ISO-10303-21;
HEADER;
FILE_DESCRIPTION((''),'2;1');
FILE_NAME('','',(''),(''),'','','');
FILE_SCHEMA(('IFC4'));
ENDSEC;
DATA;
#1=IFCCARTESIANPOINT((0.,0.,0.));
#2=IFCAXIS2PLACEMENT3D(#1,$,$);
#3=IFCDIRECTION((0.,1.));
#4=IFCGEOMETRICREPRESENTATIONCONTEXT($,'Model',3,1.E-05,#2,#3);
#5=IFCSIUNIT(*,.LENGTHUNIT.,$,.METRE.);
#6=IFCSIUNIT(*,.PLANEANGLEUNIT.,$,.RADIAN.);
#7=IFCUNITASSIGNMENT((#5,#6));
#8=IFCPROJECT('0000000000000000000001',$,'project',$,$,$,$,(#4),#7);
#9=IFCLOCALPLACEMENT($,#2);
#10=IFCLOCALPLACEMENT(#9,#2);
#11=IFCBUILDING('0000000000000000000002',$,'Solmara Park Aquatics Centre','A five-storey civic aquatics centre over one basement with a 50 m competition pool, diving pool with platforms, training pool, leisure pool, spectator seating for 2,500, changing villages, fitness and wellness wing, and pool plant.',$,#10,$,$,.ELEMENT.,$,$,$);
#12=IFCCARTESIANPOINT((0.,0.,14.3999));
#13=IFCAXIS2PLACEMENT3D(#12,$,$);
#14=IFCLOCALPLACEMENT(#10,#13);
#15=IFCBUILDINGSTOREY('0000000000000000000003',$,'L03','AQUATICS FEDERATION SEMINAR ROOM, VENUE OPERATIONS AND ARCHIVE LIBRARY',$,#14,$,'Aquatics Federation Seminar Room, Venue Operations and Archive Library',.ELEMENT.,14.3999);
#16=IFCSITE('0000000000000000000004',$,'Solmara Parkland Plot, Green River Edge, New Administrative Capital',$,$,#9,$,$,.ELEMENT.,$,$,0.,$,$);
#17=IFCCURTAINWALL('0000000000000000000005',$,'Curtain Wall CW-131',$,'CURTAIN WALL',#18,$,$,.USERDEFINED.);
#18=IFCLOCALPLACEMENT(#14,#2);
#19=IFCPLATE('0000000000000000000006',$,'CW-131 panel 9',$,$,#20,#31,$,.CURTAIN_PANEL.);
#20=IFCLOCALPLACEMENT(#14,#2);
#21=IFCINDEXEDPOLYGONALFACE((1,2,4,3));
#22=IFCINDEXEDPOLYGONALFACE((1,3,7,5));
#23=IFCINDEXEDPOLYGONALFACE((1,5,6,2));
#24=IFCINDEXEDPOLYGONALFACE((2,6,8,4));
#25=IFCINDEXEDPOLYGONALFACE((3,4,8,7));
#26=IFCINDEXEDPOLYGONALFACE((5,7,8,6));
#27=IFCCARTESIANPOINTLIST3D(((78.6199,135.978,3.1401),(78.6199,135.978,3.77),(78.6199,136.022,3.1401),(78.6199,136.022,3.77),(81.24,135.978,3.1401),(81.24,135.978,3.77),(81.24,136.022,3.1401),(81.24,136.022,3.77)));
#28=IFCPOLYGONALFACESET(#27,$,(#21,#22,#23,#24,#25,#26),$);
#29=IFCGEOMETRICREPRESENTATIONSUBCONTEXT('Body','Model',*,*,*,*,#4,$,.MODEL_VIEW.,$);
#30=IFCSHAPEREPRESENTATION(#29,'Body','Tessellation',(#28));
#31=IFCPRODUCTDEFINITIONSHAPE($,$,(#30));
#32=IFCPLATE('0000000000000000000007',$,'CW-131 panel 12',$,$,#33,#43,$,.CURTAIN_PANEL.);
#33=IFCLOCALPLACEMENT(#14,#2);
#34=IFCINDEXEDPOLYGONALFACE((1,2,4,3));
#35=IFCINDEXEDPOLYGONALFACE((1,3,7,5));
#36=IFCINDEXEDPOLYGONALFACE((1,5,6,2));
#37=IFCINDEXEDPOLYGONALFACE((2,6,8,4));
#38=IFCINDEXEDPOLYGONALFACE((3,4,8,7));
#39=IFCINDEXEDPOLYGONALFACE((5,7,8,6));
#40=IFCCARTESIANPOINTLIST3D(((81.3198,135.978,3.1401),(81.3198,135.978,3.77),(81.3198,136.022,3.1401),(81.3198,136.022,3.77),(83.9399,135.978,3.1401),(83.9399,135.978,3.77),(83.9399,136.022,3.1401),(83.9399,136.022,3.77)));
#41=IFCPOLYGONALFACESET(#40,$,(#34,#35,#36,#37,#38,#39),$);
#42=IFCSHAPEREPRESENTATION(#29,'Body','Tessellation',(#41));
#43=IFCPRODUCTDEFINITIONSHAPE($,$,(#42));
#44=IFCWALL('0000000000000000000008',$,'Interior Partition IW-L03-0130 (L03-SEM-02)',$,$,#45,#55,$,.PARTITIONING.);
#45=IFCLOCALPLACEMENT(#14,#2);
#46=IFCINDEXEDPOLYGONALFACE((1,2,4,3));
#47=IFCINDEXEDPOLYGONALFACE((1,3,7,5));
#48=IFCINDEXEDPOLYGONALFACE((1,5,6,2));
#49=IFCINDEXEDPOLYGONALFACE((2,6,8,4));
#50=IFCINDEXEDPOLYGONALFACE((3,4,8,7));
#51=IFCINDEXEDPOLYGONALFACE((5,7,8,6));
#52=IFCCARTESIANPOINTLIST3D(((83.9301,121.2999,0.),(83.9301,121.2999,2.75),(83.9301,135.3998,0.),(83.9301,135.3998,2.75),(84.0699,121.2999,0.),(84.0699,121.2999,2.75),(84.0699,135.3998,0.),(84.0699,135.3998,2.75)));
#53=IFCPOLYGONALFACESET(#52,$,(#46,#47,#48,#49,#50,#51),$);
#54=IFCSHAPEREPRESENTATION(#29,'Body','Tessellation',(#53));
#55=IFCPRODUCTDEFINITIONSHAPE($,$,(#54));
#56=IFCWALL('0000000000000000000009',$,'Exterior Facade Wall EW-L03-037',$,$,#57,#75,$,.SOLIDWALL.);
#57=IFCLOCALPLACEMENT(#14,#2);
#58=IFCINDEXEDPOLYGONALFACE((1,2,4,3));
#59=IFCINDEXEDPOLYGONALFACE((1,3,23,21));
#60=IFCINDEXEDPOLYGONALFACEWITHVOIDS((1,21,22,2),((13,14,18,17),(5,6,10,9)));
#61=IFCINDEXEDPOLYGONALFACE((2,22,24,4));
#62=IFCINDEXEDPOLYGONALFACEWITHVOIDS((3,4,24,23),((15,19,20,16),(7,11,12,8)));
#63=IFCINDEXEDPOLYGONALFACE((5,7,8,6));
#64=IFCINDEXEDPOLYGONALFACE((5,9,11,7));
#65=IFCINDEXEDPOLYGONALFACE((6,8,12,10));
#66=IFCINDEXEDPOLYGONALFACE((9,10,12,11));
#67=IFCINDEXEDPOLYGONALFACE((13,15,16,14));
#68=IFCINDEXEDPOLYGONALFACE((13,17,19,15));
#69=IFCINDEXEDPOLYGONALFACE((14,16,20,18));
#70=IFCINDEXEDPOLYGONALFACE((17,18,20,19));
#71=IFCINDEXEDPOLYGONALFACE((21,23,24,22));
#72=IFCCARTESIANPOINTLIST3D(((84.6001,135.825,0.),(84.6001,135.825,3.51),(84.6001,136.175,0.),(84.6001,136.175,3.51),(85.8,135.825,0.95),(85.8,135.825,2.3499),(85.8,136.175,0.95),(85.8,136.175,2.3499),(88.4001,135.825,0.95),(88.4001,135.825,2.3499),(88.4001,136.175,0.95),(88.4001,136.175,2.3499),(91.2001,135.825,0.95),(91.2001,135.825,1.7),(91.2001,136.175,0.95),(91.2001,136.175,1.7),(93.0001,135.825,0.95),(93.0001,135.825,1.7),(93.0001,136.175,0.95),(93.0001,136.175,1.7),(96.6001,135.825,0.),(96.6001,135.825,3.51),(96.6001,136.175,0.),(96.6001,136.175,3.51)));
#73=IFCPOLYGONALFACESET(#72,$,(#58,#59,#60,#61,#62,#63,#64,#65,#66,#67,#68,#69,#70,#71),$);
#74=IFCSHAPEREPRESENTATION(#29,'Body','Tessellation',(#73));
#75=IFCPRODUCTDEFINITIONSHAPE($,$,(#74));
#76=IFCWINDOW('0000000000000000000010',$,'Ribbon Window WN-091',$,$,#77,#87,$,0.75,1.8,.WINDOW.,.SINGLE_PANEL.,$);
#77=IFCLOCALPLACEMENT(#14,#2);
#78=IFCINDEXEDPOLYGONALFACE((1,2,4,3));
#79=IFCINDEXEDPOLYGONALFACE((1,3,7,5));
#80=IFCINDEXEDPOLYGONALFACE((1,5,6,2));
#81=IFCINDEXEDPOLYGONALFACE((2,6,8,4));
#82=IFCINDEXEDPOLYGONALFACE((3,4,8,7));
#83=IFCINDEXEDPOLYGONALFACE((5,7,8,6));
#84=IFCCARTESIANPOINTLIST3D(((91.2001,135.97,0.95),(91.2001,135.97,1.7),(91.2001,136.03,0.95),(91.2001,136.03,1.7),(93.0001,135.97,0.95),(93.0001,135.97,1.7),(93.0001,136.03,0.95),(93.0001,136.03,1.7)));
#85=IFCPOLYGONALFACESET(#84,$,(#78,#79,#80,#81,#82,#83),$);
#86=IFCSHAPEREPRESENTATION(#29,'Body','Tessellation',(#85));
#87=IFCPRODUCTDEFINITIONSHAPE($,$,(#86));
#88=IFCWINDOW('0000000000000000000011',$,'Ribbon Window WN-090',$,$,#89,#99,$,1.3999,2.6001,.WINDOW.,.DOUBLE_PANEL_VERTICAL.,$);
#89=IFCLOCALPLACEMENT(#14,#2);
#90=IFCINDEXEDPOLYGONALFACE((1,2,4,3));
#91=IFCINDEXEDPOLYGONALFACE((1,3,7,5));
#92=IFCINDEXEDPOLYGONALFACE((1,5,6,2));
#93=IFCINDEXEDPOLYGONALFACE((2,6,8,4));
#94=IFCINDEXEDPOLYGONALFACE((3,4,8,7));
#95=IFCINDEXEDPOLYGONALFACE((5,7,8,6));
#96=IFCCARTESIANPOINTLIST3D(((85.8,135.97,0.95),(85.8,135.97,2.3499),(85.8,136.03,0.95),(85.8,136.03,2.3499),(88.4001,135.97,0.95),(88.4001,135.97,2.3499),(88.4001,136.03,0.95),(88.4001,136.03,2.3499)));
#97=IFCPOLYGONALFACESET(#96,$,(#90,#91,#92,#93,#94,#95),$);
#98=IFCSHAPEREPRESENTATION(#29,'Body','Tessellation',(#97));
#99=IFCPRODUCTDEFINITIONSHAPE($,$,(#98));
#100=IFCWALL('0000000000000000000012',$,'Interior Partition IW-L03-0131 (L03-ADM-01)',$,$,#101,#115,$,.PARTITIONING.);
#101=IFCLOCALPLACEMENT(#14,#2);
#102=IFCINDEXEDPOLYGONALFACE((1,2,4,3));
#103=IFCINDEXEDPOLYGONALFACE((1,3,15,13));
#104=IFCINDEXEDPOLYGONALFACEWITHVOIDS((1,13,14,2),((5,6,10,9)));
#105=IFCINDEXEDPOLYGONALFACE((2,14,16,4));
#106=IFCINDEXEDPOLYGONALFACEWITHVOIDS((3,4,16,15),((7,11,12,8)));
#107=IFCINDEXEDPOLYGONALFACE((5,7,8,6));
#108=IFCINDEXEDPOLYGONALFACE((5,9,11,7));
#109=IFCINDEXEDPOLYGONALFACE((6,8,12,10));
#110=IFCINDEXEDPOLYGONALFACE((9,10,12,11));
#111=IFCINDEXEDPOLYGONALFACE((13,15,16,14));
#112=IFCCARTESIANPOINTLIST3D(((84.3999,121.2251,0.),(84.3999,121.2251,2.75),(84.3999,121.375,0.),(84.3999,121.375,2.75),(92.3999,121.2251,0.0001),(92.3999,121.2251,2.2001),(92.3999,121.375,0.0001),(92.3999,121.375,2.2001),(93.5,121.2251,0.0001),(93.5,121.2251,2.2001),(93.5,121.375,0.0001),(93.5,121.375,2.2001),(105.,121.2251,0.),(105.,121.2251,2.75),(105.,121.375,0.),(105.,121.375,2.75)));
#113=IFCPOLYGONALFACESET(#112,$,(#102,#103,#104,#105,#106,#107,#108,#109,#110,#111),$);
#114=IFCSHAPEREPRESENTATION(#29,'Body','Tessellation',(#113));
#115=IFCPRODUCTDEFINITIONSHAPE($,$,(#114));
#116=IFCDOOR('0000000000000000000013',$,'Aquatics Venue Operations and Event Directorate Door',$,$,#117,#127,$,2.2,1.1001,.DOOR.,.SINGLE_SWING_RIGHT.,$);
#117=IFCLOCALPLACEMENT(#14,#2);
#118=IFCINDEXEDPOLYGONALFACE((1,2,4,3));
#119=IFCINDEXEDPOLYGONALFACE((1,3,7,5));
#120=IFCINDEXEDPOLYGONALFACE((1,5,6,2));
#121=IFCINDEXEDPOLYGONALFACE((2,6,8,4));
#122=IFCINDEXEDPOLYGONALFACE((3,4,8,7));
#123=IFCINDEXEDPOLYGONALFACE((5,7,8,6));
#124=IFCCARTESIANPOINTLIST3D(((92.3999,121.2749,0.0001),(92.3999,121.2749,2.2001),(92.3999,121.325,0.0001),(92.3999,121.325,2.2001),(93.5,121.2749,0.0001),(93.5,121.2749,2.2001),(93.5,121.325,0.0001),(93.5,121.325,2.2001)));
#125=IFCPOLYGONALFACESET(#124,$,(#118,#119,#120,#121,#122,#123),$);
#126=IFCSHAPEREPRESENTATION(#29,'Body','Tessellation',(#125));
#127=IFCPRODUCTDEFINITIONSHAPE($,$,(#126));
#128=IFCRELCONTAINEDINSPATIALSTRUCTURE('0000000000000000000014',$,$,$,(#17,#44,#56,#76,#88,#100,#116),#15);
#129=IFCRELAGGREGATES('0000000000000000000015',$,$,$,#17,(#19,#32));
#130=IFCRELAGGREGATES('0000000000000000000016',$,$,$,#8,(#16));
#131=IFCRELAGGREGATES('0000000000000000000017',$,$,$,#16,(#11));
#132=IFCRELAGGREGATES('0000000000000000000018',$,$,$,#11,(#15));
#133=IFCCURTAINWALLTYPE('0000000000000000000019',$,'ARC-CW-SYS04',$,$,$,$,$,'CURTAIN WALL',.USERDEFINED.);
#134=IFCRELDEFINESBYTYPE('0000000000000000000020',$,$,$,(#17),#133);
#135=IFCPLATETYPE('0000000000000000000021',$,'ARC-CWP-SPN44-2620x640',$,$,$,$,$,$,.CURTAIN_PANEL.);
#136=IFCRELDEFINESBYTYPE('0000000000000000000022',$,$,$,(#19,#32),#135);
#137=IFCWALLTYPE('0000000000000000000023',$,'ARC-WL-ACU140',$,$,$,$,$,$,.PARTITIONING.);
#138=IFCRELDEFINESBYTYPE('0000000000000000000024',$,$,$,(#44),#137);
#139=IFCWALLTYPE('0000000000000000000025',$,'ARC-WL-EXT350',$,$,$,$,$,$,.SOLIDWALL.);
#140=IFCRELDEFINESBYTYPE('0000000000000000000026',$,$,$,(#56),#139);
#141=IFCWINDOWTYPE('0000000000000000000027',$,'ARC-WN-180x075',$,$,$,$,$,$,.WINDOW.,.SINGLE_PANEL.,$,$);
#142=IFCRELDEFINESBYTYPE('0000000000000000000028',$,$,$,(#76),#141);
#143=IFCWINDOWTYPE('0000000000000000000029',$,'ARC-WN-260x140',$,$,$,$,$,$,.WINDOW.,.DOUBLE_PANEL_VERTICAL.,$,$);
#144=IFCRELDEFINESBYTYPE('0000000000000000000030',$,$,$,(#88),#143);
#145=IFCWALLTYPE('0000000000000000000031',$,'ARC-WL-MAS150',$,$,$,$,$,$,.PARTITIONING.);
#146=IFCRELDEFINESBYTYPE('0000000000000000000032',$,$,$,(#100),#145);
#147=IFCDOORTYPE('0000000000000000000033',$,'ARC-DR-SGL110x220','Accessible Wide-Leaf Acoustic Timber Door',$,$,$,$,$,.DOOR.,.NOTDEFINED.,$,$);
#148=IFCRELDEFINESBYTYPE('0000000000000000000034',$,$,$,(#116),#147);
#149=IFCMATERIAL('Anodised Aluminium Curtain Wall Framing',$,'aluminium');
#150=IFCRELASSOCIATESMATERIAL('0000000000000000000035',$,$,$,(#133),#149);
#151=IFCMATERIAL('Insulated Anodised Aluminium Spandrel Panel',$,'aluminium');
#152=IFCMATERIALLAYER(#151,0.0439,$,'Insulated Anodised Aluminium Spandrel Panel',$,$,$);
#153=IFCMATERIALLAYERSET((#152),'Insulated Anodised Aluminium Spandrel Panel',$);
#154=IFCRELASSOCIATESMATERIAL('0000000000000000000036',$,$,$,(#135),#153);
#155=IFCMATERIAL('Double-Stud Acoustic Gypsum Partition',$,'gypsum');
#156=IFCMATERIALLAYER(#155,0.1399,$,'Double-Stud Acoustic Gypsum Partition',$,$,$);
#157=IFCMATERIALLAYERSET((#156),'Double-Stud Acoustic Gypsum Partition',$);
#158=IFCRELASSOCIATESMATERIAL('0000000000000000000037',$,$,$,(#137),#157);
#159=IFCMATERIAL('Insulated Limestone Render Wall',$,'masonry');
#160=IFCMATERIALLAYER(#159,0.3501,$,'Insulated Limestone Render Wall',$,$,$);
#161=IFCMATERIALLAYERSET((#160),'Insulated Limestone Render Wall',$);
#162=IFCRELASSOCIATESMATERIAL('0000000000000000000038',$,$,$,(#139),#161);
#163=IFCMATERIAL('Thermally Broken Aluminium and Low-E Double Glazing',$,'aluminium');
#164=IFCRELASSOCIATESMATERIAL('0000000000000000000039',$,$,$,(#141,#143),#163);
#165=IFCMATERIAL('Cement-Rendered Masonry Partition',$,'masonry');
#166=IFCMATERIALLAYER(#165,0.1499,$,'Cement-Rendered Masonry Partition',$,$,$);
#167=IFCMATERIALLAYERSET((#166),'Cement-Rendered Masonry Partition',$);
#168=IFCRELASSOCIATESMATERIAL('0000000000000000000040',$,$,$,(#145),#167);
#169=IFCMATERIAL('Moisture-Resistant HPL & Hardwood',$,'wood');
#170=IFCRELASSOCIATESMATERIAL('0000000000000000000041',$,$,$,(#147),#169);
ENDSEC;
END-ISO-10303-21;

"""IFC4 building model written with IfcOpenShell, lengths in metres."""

from ifc_helpers import new_model, si_unit, direction, frame, frame_2d, origin, origin_2d, place, context, subcontext, project, spatial, rectangle, extrude, material, layer, layer_set, type_object, element, fill, aggregate, save


model = new_model("IFC4")

# Units and contexts
model_context = context("Model", 3, precision=1e-05, world=origin(), true_north=direction((0.0, 1.0)))
body_context = subcontext(model_context, "Body", "Model", "MODEL_VIEW")
ifc_project = project(units=[si_unit("LENGTHUNIT", "METRE"), si_unit("PLANEANGLEUNIT", "RADIAN")], contexts=[model_context])

# Site, building, storey
site_placement = place(None, origin())
site = spatial("IfcSite", under=ifc_project, at=site_placement, Name="Solmara Parkland Plot, Green River Edge, New Administrative Capital", CompositionType="ELEMENT", RefElevation=0.0)
building_placement = place(site_placement, origin())
building = spatial("IfcBuilding", under=site, at=building_placement, Name="Solmara Park Aquatics Centre", Description="A five-storey civic aquatics centre over one basement with a 50 m competition pool, diving pool with platforms, training pool, leisure pool, spectator seating for 2,500, changing villages, fitness and wellness wing, and pool plant.", CompositionType="ELEMENT")
storey_placement = place(building_placement, frame((0.0, 0.0, 14.3999)))
storey = spatial("IfcBuildingStorey", under=building, at=storey_placement, Name="L03", Description="AQUATICS FEDERATION SEMINAR ROOM, VENUE OPERATIONS AND ARCHIVE LIBRARY", LongName="Aquatics Federation Seminar Room, Venue Operations and Archive Library", CompositionType="ELEMENT", Elevation=14.3999)

# Curtain wall
ifc_material_1 = material(Name="Anodised Aluminium Curtain Wall Framing", Category="aluminium")
curtain_wall_type = type_object("IfcCurtainWallType", Name="ARC-CW-SYS04", ElementType="CURTAIN WALL", PredefinedType="USERDEFINED", material=ifc_material_1)
curtain_wall_placement = place(storey_placement, origin())
curtain_wall = element("IfcCurtainWall", 1, at=curtain_wall_placement, inside=storey, type_object=curtain_wall_type, Name="Curtain Wall CW-131", ObjectType="CURTAIN WALL", PredefinedType="USERDEFINED")

# Plates
ifc_material_2 = material(Name="Insulated Anodised Aluminium Spandrel Panel", Category="aluminium")
ifc_layer_1 = layer(ifc_material_2, 0.0439, Name="Insulated Anodised Aluminium Spandrel Panel")
ifc_layer_set_1 = layer_set([ifc_layer_1], Name="Insulated Anodised Aluminium Spandrel Panel")
plate_type_1 = type_object("IfcPlateType", Name="ARC-CWP-SPN44-2620x640", PredefinedType="CURTAIN_PANEL", material=ifc_layer_set_1)
plate_1_placement = place(storey_placement, frame((79.9299, 136.0, 3.1401), z_axis=(0.0, 0.0, 1.0), x_axis=(1.0, 0.0, 0.0)))
plate_1 = element("IfcPlate", 2, at=plate_1_placement, type_object=plate_type_1, Name="CW-131 panel 9", PredefinedType="CURTAIN_PANEL", context=body_context, shape_type="SweptSolid", body=[
    extrude(rectangle(XDim=2.6201, YDim=0.0439, at=origin_2d()), origin(), (0.0, 0.0, 1.0), 0.6299),
])
plate_2_placement = place(storey_placement, frame((82.6299, 136.0, 3.1401), z_axis=(0.0, 0.0, 1.0), x_axis=(1.0, 0.0, 0.0)))
plate_2 = element("IfcPlate", 3, at=plate_2_placement, type_object=plate_type_1, Name="CW-131 panel 12", PredefinedType="CURTAIN_PANEL", context=body_context, shape_type="SweptSolid", body=[
    extrude(rectangle(XDim=2.6201, YDim=0.0439, at=origin_2d()), origin(), (0.0, 0.0, 1.0), 0.6299),
])
aggregate(curtain_wall, [plate_1, plate_2])

# Wall
ifc_material_3 = material(Name="Double-Stud Acoustic Gypsum Partition", Category="gypsum")
ifc_layer_2 = layer(ifc_material_3, 0.1399, Name="Double-Stud Acoustic Gypsum Partition")
ifc_layer_set_2 = layer_set([ifc_layer_2], Name="Double-Stud Acoustic Gypsum Partition")
wall_type_1 = type_object("IfcWallType", Name="ARC-WL-ACU140", PredefinedType="PARTITIONING", material=ifc_layer_set_2)
wall_1_placement = place(storey_placement, frame((84.0, 121.3, 0.0), z_axis=(0.0, 0.0, 1.0), x_axis=(0.0, 1.0, 0.0)))
element("IfcWall", 4, at=wall_1_placement, inside=storey, type_object=wall_type_1, Name="Interior Partition IW-L03-0130 (L03-SEM-02)", PredefinedType="PARTITIONING", context=body_context, shape_type="SweptSolid", body=[
    extrude(rectangle(XDim=14.0999, YDim=0.1399, at=frame_2d((7.0498, 0.0))), origin(), (0.0, 0.0, 1.0), 2.75),
])

# Wall, openings, windows
ifc_material_4 = material(Name="Insulated Limestone Render Wall", Category="masonry")
ifc_layer_3 = layer(ifc_material_4, 0.3501, Name="Insulated Limestone Render Wall")
ifc_layer_set_3 = layer_set([ifc_layer_3], Name="Insulated Limestone Render Wall")
wall_type_2 = type_object("IfcWallType", Name="ARC-WL-EXT350", PredefinedType="SOLIDWALL", material=ifc_layer_set_3)
wall_2_placement = place(storey_placement, frame((84.6001, 136.0, 0.0), z_axis=(0.0, 0.0, 1.0), x_axis=(1.0, 0.0, 0.0)))
wall_2 = element("IfcWall", 5, at=wall_2_placement, inside=storey, type_object=wall_type_2, Name="Exterior Facade Wall EW-L03-037", PredefinedType="SOLIDWALL", context=body_context, shape_type="SweptSolid", body=[
    extrude(rectangle(XDim=12.0, YDim=0.3501, at=frame_2d((6.0, 0.0))), origin(), (0.0, 0.0, 1.0), 3.51),
])
opening_1_placement = place(wall_2_placement, frame((1.2, 0.0, 0.95)))
opening_1 = element("IfcOpeningElement", 6, at=opening_1_placement, cuts=wall_2, PredefinedType="OPENING", context=body_context, shape_type="SweptSolid", body=[
    extrude(rectangle(XDim=2.6001, YDim=1.3999, at=frame_2d((1.3, 0.7))), frame((0.0, 0.1851, 0.0), z_axis=(0.0, -1.0, 0.0), x_axis=(1.0, 0.0, 0.0)), (0.0, 0.0, 1.0), 0.3701),
])
opening_2_placement = place(wall_2_placement, frame((6.6001, 0.0, 0.95)))
opening_2 = element("IfcOpeningElement", 7, at=opening_2_placement, cuts=wall_2, PredefinedType="OPENING", context=body_context, shape_type="SweptSolid", body=[
    extrude(rectangle(XDim=1.8, YDim=0.75, at=frame_2d((0.8999, 0.375))), frame((0.0, 0.1851, 0.0), z_axis=(0.0, -1.0, 0.0), x_axis=(1.0, 0.0, 0.0)), (0.0, 0.0, 1.0), 0.3701),
])
ifc_material_5 = material(Name="Thermally Broken Aluminium and Low-E Double Glazing", Category="aluminium")
window_type_1 = type_object("IfcWindowType", Name="ARC-WN-180x075", PartitioningType="SINGLE_PANEL", PredefinedType="WINDOW", material=ifc_material_5)
window_1_placement = place(opening_2_placement, origin())
window_1 = element("IfcWindow", 8, at=window_1_placement, inside=storey, type_object=window_type_1, Name="Ribbon Window WN-091", OverallHeight=0.75, OverallWidth=1.8, PartitioningType="SINGLE_PANEL", PredefinedType="WINDOW", context=body_context, shape_type="SweptSolid", body=[
    extrude(rectangle(XDim=1.8, YDim=0.75, at=frame_2d((0.8999, 0.375))), frame((0.0, 0.03, 0.0), z_axis=(0.0, -1.0, 0.0), x_axis=(1.0, 0.0, 0.0)), (0.0, 0.0, 1.0), 0.0601),
])
fill(opening_2, window_1)
window_type_2 = type_object("IfcWindowType", Name="ARC-WN-260x140", PartitioningType="DOUBLE_PANEL_VERTICAL", PredefinedType="WINDOW", material=ifc_material_5)
window_2_placement = place(opening_1_placement, origin())
window_2 = element("IfcWindow", 9, at=window_2_placement, inside=storey, type_object=window_type_2, Name="Ribbon Window WN-090", OverallHeight=1.3999, OverallWidth=2.6001, PartitioningType="DOUBLE_PANEL_VERTICAL", PredefinedType="WINDOW", context=body_context, shape_type="SweptSolid", body=[
    extrude(rectangle(XDim=2.6001, YDim=1.3999, at=frame_2d((1.3, 0.7))), frame((0.0, 0.03, 0.0), z_axis=(0.0, -1.0, 0.0), x_axis=(1.0, 0.0, 0.0)), (0.0, 0.0, 1.0), 0.0601),
])
fill(opening_1, window_2)

# Wall, opening, door
ifc_material_6 = material(Name="Cement-Rendered Masonry Partition", Category="masonry")
ifc_layer_4 = layer(ifc_material_6, 0.1499, Name="Cement-Rendered Masonry Partition")
ifc_layer_set_4 = layer_set([ifc_layer_4], Name="Cement-Rendered Masonry Partition")
wall_type_3 = type_object("IfcWallType", Name="ARC-WL-MAS150", PredefinedType="PARTITIONING", material=ifc_layer_set_4)
wall_3_placement = place(storey_placement, frame((84.3999, 121.3, 0.0), z_axis=(0.0, 0.0, 1.0), x_axis=(1.0, 0.0, 0.0)))
wall_3 = element("IfcWall", 10, at=wall_3_placement, inside=storey, type_object=wall_type_3, Name="Interior Partition IW-L03-0131 (L03-ADM-01)", PredefinedType="PARTITIONING", context=body_context, shape_type="SweptSolid", body=[
    extrude(rectangle(XDim=20.6001, YDim=0.1499, at=frame_2d((10.3, 0.0))), origin(), (0.0, 0.0, 1.0), 2.75),
])
opening_3_placement = place(wall_3_placement, frame((8.0, 0.0, 0.0)))
opening_3 = element("IfcOpeningElement", 11, at=opening_3_placement, cuts=wall_3, PredefinedType="OPENING", context=body_context, shape_type="SweptSolid", body=[
    extrude(rectangle(XDim=1.1001, YDim=2.2, at=frame_2d((0.55, 1.1001))), frame((0.0, 0.085, 0.0), z_axis=(0.0, -1.0, 0.0), x_axis=(1.0, 0.0, 0.0)), (0.0, 0.0, 1.0), 0.1699),
])
ifc_material_7 = material(Name="Moisture-Resistant HPL & Hardwood", Category="wood")
door_type = type_object("IfcDoorType", Name="ARC-DR-SGL110x220", Description="Accessible Wide-Leaf Acoustic Timber Door", OperationType="NOTDEFINED", PredefinedType="DOOR", material=ifc_material_7)
door_placement = place(opening_3_placement, origin())
door = element("IfcDoor", 12, at=door_placement, inside=storey, type_object=door_type, Name="Aquatics Venue Operations and Event Directorate Door", OperationType="SINGLE_SWING_RIGHT", OverallHeight=2.2, OverallWidth=1.1001, PredefinedType="DOOR", context=body_context, shape_type="SweptSolid", body=[
    extrude(rectangle(XDim=1.1001, YDim=2.2, at=frame_2d((0.55, 1.1001))), frame((0.0, 0.0249, 0.0), z_axis=(0.0, -1.0, 0.0), x_axis=(1.0, 0.0, 0.0)), (0.0, 0.0, 1.0), 0.05),
])
fill(opening_3, door)

save(model, "model.ifc")
